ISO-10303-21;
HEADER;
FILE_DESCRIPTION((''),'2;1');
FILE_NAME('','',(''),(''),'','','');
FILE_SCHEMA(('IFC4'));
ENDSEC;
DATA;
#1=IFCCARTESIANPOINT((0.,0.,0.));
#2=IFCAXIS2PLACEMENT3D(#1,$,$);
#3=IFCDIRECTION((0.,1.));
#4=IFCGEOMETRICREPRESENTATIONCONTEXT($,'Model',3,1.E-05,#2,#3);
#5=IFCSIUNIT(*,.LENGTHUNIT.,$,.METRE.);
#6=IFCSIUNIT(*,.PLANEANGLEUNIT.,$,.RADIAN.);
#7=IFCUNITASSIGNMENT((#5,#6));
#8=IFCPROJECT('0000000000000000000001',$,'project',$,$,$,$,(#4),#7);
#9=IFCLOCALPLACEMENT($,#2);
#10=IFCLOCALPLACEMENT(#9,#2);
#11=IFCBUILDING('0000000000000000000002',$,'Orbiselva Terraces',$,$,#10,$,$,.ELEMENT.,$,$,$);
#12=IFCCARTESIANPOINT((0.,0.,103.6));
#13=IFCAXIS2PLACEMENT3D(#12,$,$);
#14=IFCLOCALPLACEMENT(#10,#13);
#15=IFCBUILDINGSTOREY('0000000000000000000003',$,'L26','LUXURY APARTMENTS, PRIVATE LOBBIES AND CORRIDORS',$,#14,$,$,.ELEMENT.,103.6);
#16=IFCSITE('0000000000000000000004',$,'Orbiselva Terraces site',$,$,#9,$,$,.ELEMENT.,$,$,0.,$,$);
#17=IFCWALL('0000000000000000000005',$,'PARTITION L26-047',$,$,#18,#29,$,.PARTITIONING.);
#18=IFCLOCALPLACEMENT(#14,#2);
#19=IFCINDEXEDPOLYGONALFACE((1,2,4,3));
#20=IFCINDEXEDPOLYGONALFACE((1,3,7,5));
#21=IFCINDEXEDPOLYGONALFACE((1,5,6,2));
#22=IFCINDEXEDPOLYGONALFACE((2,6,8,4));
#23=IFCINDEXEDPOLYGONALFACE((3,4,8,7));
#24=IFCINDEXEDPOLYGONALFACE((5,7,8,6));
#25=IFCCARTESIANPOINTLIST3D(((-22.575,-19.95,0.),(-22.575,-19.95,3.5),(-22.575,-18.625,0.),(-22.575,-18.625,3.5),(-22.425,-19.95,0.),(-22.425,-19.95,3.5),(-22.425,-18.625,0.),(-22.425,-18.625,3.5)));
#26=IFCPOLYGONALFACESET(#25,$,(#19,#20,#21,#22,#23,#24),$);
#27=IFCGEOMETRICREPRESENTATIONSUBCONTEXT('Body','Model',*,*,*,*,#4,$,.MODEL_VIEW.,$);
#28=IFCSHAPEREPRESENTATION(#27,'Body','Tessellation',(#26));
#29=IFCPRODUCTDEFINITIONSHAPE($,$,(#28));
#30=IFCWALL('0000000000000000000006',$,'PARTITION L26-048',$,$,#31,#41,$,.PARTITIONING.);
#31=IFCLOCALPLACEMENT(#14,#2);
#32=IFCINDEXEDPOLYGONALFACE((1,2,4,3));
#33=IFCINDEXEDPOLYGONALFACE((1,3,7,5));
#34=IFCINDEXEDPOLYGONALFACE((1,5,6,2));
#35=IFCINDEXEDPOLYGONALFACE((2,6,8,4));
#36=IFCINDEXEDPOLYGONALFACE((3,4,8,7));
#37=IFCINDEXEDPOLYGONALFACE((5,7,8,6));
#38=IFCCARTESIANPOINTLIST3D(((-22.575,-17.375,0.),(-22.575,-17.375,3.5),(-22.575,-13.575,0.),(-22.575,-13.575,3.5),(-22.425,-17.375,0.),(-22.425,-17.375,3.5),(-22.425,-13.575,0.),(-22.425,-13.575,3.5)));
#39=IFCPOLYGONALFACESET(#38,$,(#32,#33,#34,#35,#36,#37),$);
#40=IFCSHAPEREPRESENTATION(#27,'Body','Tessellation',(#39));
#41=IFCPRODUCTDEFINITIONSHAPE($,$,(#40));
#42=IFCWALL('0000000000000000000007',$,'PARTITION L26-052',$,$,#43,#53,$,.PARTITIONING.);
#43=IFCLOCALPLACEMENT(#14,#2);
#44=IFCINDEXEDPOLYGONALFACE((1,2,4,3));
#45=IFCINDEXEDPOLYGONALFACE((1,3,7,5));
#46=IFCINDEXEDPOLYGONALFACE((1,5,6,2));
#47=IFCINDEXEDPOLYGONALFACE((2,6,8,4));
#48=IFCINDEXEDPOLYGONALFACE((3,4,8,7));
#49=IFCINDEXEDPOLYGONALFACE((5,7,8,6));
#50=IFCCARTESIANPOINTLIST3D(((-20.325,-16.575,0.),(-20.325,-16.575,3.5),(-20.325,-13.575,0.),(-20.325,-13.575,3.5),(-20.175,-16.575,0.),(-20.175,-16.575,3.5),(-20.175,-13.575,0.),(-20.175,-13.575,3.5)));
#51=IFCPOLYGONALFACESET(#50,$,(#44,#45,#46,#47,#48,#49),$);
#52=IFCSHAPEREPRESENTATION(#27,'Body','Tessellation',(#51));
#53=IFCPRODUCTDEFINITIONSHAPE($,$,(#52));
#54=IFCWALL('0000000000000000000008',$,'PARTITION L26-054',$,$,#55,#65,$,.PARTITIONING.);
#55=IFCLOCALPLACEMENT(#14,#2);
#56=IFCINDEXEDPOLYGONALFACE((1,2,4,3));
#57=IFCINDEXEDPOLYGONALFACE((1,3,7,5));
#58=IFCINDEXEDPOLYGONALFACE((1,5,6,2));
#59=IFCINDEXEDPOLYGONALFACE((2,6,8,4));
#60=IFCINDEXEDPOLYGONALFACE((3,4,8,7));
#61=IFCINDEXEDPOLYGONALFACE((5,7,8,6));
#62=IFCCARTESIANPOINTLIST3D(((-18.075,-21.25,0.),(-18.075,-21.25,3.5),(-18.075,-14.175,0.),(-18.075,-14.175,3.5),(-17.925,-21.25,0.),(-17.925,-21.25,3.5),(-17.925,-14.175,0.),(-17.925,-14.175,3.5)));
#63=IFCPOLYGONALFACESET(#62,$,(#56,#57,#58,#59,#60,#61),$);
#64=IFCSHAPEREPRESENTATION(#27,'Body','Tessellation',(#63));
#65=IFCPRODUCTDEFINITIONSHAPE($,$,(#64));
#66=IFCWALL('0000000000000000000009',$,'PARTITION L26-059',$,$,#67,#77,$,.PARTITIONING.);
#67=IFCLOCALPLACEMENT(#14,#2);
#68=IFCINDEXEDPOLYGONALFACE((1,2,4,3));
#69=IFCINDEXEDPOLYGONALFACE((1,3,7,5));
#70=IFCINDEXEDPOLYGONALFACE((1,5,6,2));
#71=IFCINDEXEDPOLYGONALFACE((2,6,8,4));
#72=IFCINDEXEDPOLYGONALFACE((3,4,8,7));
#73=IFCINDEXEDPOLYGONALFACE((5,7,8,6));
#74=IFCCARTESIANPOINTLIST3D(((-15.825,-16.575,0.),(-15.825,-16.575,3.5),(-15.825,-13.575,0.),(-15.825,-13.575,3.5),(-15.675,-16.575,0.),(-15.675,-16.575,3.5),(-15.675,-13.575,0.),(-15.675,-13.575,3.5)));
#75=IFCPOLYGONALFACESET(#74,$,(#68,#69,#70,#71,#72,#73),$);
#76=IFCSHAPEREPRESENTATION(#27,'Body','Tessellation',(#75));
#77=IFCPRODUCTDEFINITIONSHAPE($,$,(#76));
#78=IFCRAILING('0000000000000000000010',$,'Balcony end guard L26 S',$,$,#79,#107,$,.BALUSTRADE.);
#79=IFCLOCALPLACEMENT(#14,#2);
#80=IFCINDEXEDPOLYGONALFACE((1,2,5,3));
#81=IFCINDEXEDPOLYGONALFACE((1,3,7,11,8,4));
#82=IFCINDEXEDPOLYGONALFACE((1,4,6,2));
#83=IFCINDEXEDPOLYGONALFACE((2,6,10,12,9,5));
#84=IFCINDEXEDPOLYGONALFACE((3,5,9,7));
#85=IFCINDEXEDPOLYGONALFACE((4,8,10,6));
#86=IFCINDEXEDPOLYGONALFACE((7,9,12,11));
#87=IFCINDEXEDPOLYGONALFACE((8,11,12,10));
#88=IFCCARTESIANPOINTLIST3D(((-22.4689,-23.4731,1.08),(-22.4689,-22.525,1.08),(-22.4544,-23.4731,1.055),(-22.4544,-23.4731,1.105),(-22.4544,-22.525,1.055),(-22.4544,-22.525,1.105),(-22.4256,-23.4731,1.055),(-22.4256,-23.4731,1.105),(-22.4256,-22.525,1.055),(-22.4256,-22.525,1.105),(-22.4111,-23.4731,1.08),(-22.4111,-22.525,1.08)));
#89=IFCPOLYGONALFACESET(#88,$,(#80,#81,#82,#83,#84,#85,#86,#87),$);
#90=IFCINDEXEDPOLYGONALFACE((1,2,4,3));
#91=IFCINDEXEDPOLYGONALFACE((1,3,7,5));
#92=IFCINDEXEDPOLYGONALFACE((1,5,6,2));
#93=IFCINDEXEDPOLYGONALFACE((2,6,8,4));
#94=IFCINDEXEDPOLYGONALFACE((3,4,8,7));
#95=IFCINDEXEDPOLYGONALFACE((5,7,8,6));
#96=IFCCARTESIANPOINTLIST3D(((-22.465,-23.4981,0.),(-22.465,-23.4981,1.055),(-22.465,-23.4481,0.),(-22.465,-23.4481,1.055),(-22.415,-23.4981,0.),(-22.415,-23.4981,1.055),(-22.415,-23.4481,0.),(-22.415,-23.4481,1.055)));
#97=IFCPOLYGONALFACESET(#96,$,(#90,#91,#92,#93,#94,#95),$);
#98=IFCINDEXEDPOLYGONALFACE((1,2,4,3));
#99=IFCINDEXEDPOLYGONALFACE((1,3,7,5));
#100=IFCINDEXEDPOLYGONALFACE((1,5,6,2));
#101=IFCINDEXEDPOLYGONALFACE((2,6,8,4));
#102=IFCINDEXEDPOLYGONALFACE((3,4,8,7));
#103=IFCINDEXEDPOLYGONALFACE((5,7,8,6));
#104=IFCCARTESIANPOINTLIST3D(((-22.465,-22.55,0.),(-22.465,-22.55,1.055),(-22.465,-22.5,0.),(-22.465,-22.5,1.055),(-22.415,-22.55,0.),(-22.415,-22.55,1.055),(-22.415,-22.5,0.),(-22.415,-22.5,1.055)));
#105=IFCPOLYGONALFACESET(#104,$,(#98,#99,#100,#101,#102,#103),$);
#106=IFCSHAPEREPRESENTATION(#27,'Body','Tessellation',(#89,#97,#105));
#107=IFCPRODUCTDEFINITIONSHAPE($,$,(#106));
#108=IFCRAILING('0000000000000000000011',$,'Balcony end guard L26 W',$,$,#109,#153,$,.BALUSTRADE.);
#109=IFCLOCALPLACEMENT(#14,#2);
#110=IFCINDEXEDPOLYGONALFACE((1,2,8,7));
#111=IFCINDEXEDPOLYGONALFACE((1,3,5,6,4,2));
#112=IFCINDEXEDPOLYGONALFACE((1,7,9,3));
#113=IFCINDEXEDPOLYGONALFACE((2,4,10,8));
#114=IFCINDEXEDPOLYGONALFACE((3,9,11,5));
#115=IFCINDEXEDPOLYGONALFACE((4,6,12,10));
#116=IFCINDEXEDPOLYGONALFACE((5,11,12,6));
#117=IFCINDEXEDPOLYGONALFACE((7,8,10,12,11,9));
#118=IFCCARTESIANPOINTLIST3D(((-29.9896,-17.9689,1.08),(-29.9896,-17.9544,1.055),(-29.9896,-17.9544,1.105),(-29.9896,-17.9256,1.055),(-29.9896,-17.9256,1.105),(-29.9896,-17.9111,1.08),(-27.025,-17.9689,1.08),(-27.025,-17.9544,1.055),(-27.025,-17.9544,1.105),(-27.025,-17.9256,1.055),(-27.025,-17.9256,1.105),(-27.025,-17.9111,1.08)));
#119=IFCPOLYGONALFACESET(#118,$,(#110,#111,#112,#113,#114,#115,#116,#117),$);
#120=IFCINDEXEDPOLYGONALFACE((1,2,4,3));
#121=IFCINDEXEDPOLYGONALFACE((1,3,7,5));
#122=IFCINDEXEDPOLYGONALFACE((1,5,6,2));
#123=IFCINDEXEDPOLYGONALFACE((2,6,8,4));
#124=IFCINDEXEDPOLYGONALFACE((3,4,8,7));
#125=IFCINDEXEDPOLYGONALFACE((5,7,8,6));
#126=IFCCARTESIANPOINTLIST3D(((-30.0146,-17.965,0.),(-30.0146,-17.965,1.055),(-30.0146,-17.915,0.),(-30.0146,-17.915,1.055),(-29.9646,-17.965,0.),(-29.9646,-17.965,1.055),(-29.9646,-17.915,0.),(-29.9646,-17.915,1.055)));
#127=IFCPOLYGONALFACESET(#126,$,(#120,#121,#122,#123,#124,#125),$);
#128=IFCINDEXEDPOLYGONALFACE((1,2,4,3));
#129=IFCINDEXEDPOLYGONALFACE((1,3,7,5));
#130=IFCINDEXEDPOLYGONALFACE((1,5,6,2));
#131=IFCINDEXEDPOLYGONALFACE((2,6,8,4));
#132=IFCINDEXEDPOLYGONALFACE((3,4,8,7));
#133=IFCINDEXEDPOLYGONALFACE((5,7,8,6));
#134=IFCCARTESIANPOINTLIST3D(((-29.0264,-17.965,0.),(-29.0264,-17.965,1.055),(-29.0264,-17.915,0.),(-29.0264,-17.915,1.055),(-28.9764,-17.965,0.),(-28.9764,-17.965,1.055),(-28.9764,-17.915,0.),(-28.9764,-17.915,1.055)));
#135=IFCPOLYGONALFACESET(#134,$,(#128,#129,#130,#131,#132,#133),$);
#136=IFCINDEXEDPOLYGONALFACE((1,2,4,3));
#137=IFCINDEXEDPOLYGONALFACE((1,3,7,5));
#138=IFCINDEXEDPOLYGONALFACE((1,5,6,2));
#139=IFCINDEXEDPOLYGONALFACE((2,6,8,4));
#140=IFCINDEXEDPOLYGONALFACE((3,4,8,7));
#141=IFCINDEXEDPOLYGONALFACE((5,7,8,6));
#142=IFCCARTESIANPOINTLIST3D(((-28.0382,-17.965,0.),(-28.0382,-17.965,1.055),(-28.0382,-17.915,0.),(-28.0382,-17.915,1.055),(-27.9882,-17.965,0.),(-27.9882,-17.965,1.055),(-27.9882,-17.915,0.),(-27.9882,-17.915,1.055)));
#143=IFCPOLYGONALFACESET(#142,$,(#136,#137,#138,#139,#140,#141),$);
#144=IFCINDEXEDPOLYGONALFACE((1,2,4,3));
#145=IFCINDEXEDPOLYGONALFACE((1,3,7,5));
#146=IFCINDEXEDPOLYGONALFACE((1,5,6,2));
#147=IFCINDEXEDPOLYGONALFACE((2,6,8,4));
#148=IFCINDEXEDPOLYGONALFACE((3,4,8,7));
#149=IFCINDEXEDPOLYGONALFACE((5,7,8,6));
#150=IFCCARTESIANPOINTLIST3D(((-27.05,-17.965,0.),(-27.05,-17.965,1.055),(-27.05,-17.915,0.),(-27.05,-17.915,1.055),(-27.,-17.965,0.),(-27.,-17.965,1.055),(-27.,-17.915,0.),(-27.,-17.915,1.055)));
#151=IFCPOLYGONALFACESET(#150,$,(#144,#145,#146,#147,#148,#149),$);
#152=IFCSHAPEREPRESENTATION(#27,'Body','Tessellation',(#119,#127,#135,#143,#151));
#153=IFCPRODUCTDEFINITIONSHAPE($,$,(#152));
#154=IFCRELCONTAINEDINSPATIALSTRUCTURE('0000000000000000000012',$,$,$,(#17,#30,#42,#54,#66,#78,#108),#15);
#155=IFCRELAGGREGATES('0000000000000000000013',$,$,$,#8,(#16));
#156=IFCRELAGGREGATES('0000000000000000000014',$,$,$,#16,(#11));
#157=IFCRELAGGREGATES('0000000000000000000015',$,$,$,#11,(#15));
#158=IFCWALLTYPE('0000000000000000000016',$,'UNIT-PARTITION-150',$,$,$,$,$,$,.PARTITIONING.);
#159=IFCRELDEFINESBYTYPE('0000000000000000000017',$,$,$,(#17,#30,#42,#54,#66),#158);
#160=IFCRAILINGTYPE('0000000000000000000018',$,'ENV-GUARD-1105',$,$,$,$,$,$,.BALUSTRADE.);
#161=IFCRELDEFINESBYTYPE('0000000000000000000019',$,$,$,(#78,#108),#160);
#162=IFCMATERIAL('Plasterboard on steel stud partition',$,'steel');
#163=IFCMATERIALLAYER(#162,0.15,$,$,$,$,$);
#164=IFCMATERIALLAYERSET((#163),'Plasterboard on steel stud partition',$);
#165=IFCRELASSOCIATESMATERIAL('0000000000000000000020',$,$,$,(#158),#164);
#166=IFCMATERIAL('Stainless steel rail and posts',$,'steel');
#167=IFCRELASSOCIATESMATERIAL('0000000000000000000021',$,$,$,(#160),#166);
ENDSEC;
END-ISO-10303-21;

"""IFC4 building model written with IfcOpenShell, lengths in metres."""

from ifc_helpers import new_model, si_unit, direction, frame, frame_2d, origin, origin_2d, place, context, subcontext, project, spatial, polyline, rectangle, outline, extrude, material, layer, layer_set, type_object, element, save


model = new_model("IFC4")

# Units and contexts
model_context = context("Model", 3, precision=1e-05, world=origin(), true_north=direction((0.0, 1.0)))
body_context = subcontext(model_context, "Body", "Model", "MODEL_VIEW")
ifc_project = project(units=[si_unit("LENGTHUNIT", "METRE"), si_unit("PLANEANGLEUNIT", "RADIAN")], contexts=[model_context])

# Site, building, storey
site_placement = place(None, origin())
site = spatial("IfcSite", under=ifc_project, at=site_placement, Name="Orbiselva Terraces site", CompositionType="ELEMENT", RefElevation=0.0)
building_placement = place(site_placement, origin())
building = spatial("IfcBuilding", under=site, at=building_placement, Name="Orbiselva Terraces", CompositionType="ELEMENT")
storey_placement = place(building_placement, frame((0.0, 0.0, 103.6)))
storey = spatial("IfcBuildingStorey", under=building, at=storey_placement, Name="L26", Description="LUXURY APARTMENTS, PRIVATE LOBBIES AND CORRIDORS", CompositionType="ELEMENT", Elevation=103.6)

# Shared definitions
ifc_material_1 = material(Name="Plasterboard on steel stud partition", Category="steel")
ifc_layer_1 = layer(ifc_material_1, 0.15)
ifc_layer_set_1 = layer_set([ifc_layer_1], Name="Plasterboard on steel stud partition")
wall_type_1 = type_object("IfcWallType", Name="UNIT-PARTITION-150", PredefinedType="PARTITIONING", material=ifc_layer_set_1)

# Walls
wall_1_placement = place(storey_placement, frame((-22.5, -19.95, 0.0), z_axis=(0.0, 0.0, 1.0), x_axis=(0.0, 1.0, 0.0)))
element("IfcWall", 1, at=wall_1_placement, inside=storey, type_object=wall_type_1, Name="PARTITION L26-047", PredefinedType="PARTITIONING", context=body_context, shape_type="SweptSolid", body=[
    extrude(rectangle(XDim=1.325, YDim=0.15, at=frame_2d((0.6625, 0.0))), origin(), (0.0, 0.0, 1.0), 3.5),
])
wall_2_placement = place(storey_placement, frame((-22.5, -17.375, 0.0), z_axis=(0.0, 0.0, 1.0), x_axis=(0.0, 1.0, 0.0)))
element("IfcWall", 2, at=wall_2_placement, inside=storey, type_object=wall_type_1, Name="PARTITION L26-048", PredefinedType="PARTITIONING", context=body_context, shape_type="SweptSolid", body=[
    extrude(rectangle(XDim=3.8, YDim=0.15, at=frame_2d((1.9, 0.0))), origin(), (0.0, 0.0, 1.0), 3.5),
])
wall_3_placement = place(storey_placement, frame((-20.25, -16.575, 0.0), z_axis=(0.0, 0.0, 1.0), x_axis=(0.0, 1.0, 0.0)))
element("IfcWall", 3, at=wall_3_placement, inside=storey, type_object=wall_type_1, Name="PARTITION L26-052", PredefinedType="PARTITIONING", context=body_context, shape_type="SweptSolid", body=[
    extrude(rectangle(XDim=3.0, YDim=0.15, at=frame_2d((1.5, 0.0))), origin(), (0.0, 0.0, 1.0), 3.5),
])
wall_4_placement = place(storey_placement, frame((-18.0, -21.25, 0.0), z_axis=(0.0, 0.0, 1.0), x_axis=(0.0, 1.0, 0.0)))
element("IfcWall", 4, at=wall_4_placement, inside=storey, type_object=wall_type_1, Name="PARTITION L26-054", PredefinedType="PARTITIONING", context=body_context, shape_type="SweptSolid", body=[
    extrude(rectangle(XDim=7.075, YDim=0.15, at=frame_2d((3.5375, 0.0))), origin(), (0.0, 0.0, 1.0), 3.5),
])
wall_5_placement = place(storey_placement, frame((-15.75, -16.575, 0.0), z_axis=(0.0, 0.0, 1.0), x_axis=(0.0, 1.0, 0.0)))
element("IfcWall", 5, at=wall_5_placement, inside=storey, type_object=wall_type_1, Name="PARTITION L26-059", PredefinedType="PARTITIONING", context=body_context, shape_type="SweptSolid", body=[
    extrude(rectangle(XDim=3.0, YDim=0.15, at=frame_2d((1.5, 0.0))), origin(), (0.0, 0.0, 1.0), 3.5),
])

# Railings
ifc_material_2 = material(Name="Stainless steel rail and posts", Category="steel")
railing_type_1 = type_object("IfcRailingType", Name="ENV-GUARD-1105", PredefinedType="BALUSTRADE", material=ifc_material_2)
railing_1_placement = place(storey_placement, frame((-22.44, -23.4731, 0.0)))
element("IfcRailing", 6, at=railing_1_placement, inside=storey, type_object=railing_type_1, Name="Balcony end guard L26 S", PredefinedType="BALUSTRADE", context=body_context, shape_type="SweptSolid", body=[
    extrude(outline(polyline([(0.0289, 0.0), (0.0144, 0.025), (-0.0144, 0.025), (-0.0289, 0.0), (-0.0144, -0.025), (0.0144, -0.025), (0.0289, 0.0)])), frame((0.0, 0.0, 1.08), z_axis=(0.0, 1.0, 0.0), x_axis=(-1.0, 0.0, 0.0)), (0.0, 0.0, 1.0), 0.9481),
    extrude(rectangle(XDim=0.05, YDim=0.05, at=origin_2d()), origin(), (0.0, 0.0, 1.0), 1.055),
    extrude(rectangle(XDim=0.05, YDim=0.05, at=origin_2d()), frame((0.0, 0.9481, 0.0)), (0.0, 0.0, 1.0), 1.055),
])
railing_2_placement = place(storey_placement, frame((-29.9896, -17.94, 0.0)))
element("IfcRailing", 7, at=railing_2_placement, inside=storey, type_object=railing_type_1, Name="Balcony end guard L26 W", PredefinedType="BALUSTRADE", context=body_context, shape_type="SweptSolid", body=[
    extrude(outline(polyline([(0.0289, 0.0), (0.0144, 0.025), (-0.0144, 0.025), (-0.0289, 0.0), (-0.0144, -0.025), (0.0144, -0.025), (0.0289, 0.0)])), frame((0.0, 0.0, 1.08), z_axis=(1.0, 0.0, 0.0), x_axis=(0.0, 1.0, 0.0)), (0.0, 0.0, 1.0), 2.9646),
    extrude(rectangle(XDim=0.05, YDim=0.05, at=origin_2d()), origin(), (0.0, 0.0, 1.0), 1.055),
    extrude(rectangle(XDim=0.05, YDim=0.05, at=origin_2d()), frame((0.9882, 0.0, 0.0)), (0.0, 0.0, 1.0), 1.055),
    extrude(rectangle(XDim=0.05, YDim=0.05, at=origin_2d()), frame((1.9764, 0.0, 0.0)), (0.0, 0.0, 1.0), 1.055),
    extrude(rectangle(XDim=0.05, YDim=0.05, at=origin_2d()), frame((2.9646, 0.0, 0.0)), (0.0, 0.0, 1.0), 1.055),
])

save(model, "model.ifc")
